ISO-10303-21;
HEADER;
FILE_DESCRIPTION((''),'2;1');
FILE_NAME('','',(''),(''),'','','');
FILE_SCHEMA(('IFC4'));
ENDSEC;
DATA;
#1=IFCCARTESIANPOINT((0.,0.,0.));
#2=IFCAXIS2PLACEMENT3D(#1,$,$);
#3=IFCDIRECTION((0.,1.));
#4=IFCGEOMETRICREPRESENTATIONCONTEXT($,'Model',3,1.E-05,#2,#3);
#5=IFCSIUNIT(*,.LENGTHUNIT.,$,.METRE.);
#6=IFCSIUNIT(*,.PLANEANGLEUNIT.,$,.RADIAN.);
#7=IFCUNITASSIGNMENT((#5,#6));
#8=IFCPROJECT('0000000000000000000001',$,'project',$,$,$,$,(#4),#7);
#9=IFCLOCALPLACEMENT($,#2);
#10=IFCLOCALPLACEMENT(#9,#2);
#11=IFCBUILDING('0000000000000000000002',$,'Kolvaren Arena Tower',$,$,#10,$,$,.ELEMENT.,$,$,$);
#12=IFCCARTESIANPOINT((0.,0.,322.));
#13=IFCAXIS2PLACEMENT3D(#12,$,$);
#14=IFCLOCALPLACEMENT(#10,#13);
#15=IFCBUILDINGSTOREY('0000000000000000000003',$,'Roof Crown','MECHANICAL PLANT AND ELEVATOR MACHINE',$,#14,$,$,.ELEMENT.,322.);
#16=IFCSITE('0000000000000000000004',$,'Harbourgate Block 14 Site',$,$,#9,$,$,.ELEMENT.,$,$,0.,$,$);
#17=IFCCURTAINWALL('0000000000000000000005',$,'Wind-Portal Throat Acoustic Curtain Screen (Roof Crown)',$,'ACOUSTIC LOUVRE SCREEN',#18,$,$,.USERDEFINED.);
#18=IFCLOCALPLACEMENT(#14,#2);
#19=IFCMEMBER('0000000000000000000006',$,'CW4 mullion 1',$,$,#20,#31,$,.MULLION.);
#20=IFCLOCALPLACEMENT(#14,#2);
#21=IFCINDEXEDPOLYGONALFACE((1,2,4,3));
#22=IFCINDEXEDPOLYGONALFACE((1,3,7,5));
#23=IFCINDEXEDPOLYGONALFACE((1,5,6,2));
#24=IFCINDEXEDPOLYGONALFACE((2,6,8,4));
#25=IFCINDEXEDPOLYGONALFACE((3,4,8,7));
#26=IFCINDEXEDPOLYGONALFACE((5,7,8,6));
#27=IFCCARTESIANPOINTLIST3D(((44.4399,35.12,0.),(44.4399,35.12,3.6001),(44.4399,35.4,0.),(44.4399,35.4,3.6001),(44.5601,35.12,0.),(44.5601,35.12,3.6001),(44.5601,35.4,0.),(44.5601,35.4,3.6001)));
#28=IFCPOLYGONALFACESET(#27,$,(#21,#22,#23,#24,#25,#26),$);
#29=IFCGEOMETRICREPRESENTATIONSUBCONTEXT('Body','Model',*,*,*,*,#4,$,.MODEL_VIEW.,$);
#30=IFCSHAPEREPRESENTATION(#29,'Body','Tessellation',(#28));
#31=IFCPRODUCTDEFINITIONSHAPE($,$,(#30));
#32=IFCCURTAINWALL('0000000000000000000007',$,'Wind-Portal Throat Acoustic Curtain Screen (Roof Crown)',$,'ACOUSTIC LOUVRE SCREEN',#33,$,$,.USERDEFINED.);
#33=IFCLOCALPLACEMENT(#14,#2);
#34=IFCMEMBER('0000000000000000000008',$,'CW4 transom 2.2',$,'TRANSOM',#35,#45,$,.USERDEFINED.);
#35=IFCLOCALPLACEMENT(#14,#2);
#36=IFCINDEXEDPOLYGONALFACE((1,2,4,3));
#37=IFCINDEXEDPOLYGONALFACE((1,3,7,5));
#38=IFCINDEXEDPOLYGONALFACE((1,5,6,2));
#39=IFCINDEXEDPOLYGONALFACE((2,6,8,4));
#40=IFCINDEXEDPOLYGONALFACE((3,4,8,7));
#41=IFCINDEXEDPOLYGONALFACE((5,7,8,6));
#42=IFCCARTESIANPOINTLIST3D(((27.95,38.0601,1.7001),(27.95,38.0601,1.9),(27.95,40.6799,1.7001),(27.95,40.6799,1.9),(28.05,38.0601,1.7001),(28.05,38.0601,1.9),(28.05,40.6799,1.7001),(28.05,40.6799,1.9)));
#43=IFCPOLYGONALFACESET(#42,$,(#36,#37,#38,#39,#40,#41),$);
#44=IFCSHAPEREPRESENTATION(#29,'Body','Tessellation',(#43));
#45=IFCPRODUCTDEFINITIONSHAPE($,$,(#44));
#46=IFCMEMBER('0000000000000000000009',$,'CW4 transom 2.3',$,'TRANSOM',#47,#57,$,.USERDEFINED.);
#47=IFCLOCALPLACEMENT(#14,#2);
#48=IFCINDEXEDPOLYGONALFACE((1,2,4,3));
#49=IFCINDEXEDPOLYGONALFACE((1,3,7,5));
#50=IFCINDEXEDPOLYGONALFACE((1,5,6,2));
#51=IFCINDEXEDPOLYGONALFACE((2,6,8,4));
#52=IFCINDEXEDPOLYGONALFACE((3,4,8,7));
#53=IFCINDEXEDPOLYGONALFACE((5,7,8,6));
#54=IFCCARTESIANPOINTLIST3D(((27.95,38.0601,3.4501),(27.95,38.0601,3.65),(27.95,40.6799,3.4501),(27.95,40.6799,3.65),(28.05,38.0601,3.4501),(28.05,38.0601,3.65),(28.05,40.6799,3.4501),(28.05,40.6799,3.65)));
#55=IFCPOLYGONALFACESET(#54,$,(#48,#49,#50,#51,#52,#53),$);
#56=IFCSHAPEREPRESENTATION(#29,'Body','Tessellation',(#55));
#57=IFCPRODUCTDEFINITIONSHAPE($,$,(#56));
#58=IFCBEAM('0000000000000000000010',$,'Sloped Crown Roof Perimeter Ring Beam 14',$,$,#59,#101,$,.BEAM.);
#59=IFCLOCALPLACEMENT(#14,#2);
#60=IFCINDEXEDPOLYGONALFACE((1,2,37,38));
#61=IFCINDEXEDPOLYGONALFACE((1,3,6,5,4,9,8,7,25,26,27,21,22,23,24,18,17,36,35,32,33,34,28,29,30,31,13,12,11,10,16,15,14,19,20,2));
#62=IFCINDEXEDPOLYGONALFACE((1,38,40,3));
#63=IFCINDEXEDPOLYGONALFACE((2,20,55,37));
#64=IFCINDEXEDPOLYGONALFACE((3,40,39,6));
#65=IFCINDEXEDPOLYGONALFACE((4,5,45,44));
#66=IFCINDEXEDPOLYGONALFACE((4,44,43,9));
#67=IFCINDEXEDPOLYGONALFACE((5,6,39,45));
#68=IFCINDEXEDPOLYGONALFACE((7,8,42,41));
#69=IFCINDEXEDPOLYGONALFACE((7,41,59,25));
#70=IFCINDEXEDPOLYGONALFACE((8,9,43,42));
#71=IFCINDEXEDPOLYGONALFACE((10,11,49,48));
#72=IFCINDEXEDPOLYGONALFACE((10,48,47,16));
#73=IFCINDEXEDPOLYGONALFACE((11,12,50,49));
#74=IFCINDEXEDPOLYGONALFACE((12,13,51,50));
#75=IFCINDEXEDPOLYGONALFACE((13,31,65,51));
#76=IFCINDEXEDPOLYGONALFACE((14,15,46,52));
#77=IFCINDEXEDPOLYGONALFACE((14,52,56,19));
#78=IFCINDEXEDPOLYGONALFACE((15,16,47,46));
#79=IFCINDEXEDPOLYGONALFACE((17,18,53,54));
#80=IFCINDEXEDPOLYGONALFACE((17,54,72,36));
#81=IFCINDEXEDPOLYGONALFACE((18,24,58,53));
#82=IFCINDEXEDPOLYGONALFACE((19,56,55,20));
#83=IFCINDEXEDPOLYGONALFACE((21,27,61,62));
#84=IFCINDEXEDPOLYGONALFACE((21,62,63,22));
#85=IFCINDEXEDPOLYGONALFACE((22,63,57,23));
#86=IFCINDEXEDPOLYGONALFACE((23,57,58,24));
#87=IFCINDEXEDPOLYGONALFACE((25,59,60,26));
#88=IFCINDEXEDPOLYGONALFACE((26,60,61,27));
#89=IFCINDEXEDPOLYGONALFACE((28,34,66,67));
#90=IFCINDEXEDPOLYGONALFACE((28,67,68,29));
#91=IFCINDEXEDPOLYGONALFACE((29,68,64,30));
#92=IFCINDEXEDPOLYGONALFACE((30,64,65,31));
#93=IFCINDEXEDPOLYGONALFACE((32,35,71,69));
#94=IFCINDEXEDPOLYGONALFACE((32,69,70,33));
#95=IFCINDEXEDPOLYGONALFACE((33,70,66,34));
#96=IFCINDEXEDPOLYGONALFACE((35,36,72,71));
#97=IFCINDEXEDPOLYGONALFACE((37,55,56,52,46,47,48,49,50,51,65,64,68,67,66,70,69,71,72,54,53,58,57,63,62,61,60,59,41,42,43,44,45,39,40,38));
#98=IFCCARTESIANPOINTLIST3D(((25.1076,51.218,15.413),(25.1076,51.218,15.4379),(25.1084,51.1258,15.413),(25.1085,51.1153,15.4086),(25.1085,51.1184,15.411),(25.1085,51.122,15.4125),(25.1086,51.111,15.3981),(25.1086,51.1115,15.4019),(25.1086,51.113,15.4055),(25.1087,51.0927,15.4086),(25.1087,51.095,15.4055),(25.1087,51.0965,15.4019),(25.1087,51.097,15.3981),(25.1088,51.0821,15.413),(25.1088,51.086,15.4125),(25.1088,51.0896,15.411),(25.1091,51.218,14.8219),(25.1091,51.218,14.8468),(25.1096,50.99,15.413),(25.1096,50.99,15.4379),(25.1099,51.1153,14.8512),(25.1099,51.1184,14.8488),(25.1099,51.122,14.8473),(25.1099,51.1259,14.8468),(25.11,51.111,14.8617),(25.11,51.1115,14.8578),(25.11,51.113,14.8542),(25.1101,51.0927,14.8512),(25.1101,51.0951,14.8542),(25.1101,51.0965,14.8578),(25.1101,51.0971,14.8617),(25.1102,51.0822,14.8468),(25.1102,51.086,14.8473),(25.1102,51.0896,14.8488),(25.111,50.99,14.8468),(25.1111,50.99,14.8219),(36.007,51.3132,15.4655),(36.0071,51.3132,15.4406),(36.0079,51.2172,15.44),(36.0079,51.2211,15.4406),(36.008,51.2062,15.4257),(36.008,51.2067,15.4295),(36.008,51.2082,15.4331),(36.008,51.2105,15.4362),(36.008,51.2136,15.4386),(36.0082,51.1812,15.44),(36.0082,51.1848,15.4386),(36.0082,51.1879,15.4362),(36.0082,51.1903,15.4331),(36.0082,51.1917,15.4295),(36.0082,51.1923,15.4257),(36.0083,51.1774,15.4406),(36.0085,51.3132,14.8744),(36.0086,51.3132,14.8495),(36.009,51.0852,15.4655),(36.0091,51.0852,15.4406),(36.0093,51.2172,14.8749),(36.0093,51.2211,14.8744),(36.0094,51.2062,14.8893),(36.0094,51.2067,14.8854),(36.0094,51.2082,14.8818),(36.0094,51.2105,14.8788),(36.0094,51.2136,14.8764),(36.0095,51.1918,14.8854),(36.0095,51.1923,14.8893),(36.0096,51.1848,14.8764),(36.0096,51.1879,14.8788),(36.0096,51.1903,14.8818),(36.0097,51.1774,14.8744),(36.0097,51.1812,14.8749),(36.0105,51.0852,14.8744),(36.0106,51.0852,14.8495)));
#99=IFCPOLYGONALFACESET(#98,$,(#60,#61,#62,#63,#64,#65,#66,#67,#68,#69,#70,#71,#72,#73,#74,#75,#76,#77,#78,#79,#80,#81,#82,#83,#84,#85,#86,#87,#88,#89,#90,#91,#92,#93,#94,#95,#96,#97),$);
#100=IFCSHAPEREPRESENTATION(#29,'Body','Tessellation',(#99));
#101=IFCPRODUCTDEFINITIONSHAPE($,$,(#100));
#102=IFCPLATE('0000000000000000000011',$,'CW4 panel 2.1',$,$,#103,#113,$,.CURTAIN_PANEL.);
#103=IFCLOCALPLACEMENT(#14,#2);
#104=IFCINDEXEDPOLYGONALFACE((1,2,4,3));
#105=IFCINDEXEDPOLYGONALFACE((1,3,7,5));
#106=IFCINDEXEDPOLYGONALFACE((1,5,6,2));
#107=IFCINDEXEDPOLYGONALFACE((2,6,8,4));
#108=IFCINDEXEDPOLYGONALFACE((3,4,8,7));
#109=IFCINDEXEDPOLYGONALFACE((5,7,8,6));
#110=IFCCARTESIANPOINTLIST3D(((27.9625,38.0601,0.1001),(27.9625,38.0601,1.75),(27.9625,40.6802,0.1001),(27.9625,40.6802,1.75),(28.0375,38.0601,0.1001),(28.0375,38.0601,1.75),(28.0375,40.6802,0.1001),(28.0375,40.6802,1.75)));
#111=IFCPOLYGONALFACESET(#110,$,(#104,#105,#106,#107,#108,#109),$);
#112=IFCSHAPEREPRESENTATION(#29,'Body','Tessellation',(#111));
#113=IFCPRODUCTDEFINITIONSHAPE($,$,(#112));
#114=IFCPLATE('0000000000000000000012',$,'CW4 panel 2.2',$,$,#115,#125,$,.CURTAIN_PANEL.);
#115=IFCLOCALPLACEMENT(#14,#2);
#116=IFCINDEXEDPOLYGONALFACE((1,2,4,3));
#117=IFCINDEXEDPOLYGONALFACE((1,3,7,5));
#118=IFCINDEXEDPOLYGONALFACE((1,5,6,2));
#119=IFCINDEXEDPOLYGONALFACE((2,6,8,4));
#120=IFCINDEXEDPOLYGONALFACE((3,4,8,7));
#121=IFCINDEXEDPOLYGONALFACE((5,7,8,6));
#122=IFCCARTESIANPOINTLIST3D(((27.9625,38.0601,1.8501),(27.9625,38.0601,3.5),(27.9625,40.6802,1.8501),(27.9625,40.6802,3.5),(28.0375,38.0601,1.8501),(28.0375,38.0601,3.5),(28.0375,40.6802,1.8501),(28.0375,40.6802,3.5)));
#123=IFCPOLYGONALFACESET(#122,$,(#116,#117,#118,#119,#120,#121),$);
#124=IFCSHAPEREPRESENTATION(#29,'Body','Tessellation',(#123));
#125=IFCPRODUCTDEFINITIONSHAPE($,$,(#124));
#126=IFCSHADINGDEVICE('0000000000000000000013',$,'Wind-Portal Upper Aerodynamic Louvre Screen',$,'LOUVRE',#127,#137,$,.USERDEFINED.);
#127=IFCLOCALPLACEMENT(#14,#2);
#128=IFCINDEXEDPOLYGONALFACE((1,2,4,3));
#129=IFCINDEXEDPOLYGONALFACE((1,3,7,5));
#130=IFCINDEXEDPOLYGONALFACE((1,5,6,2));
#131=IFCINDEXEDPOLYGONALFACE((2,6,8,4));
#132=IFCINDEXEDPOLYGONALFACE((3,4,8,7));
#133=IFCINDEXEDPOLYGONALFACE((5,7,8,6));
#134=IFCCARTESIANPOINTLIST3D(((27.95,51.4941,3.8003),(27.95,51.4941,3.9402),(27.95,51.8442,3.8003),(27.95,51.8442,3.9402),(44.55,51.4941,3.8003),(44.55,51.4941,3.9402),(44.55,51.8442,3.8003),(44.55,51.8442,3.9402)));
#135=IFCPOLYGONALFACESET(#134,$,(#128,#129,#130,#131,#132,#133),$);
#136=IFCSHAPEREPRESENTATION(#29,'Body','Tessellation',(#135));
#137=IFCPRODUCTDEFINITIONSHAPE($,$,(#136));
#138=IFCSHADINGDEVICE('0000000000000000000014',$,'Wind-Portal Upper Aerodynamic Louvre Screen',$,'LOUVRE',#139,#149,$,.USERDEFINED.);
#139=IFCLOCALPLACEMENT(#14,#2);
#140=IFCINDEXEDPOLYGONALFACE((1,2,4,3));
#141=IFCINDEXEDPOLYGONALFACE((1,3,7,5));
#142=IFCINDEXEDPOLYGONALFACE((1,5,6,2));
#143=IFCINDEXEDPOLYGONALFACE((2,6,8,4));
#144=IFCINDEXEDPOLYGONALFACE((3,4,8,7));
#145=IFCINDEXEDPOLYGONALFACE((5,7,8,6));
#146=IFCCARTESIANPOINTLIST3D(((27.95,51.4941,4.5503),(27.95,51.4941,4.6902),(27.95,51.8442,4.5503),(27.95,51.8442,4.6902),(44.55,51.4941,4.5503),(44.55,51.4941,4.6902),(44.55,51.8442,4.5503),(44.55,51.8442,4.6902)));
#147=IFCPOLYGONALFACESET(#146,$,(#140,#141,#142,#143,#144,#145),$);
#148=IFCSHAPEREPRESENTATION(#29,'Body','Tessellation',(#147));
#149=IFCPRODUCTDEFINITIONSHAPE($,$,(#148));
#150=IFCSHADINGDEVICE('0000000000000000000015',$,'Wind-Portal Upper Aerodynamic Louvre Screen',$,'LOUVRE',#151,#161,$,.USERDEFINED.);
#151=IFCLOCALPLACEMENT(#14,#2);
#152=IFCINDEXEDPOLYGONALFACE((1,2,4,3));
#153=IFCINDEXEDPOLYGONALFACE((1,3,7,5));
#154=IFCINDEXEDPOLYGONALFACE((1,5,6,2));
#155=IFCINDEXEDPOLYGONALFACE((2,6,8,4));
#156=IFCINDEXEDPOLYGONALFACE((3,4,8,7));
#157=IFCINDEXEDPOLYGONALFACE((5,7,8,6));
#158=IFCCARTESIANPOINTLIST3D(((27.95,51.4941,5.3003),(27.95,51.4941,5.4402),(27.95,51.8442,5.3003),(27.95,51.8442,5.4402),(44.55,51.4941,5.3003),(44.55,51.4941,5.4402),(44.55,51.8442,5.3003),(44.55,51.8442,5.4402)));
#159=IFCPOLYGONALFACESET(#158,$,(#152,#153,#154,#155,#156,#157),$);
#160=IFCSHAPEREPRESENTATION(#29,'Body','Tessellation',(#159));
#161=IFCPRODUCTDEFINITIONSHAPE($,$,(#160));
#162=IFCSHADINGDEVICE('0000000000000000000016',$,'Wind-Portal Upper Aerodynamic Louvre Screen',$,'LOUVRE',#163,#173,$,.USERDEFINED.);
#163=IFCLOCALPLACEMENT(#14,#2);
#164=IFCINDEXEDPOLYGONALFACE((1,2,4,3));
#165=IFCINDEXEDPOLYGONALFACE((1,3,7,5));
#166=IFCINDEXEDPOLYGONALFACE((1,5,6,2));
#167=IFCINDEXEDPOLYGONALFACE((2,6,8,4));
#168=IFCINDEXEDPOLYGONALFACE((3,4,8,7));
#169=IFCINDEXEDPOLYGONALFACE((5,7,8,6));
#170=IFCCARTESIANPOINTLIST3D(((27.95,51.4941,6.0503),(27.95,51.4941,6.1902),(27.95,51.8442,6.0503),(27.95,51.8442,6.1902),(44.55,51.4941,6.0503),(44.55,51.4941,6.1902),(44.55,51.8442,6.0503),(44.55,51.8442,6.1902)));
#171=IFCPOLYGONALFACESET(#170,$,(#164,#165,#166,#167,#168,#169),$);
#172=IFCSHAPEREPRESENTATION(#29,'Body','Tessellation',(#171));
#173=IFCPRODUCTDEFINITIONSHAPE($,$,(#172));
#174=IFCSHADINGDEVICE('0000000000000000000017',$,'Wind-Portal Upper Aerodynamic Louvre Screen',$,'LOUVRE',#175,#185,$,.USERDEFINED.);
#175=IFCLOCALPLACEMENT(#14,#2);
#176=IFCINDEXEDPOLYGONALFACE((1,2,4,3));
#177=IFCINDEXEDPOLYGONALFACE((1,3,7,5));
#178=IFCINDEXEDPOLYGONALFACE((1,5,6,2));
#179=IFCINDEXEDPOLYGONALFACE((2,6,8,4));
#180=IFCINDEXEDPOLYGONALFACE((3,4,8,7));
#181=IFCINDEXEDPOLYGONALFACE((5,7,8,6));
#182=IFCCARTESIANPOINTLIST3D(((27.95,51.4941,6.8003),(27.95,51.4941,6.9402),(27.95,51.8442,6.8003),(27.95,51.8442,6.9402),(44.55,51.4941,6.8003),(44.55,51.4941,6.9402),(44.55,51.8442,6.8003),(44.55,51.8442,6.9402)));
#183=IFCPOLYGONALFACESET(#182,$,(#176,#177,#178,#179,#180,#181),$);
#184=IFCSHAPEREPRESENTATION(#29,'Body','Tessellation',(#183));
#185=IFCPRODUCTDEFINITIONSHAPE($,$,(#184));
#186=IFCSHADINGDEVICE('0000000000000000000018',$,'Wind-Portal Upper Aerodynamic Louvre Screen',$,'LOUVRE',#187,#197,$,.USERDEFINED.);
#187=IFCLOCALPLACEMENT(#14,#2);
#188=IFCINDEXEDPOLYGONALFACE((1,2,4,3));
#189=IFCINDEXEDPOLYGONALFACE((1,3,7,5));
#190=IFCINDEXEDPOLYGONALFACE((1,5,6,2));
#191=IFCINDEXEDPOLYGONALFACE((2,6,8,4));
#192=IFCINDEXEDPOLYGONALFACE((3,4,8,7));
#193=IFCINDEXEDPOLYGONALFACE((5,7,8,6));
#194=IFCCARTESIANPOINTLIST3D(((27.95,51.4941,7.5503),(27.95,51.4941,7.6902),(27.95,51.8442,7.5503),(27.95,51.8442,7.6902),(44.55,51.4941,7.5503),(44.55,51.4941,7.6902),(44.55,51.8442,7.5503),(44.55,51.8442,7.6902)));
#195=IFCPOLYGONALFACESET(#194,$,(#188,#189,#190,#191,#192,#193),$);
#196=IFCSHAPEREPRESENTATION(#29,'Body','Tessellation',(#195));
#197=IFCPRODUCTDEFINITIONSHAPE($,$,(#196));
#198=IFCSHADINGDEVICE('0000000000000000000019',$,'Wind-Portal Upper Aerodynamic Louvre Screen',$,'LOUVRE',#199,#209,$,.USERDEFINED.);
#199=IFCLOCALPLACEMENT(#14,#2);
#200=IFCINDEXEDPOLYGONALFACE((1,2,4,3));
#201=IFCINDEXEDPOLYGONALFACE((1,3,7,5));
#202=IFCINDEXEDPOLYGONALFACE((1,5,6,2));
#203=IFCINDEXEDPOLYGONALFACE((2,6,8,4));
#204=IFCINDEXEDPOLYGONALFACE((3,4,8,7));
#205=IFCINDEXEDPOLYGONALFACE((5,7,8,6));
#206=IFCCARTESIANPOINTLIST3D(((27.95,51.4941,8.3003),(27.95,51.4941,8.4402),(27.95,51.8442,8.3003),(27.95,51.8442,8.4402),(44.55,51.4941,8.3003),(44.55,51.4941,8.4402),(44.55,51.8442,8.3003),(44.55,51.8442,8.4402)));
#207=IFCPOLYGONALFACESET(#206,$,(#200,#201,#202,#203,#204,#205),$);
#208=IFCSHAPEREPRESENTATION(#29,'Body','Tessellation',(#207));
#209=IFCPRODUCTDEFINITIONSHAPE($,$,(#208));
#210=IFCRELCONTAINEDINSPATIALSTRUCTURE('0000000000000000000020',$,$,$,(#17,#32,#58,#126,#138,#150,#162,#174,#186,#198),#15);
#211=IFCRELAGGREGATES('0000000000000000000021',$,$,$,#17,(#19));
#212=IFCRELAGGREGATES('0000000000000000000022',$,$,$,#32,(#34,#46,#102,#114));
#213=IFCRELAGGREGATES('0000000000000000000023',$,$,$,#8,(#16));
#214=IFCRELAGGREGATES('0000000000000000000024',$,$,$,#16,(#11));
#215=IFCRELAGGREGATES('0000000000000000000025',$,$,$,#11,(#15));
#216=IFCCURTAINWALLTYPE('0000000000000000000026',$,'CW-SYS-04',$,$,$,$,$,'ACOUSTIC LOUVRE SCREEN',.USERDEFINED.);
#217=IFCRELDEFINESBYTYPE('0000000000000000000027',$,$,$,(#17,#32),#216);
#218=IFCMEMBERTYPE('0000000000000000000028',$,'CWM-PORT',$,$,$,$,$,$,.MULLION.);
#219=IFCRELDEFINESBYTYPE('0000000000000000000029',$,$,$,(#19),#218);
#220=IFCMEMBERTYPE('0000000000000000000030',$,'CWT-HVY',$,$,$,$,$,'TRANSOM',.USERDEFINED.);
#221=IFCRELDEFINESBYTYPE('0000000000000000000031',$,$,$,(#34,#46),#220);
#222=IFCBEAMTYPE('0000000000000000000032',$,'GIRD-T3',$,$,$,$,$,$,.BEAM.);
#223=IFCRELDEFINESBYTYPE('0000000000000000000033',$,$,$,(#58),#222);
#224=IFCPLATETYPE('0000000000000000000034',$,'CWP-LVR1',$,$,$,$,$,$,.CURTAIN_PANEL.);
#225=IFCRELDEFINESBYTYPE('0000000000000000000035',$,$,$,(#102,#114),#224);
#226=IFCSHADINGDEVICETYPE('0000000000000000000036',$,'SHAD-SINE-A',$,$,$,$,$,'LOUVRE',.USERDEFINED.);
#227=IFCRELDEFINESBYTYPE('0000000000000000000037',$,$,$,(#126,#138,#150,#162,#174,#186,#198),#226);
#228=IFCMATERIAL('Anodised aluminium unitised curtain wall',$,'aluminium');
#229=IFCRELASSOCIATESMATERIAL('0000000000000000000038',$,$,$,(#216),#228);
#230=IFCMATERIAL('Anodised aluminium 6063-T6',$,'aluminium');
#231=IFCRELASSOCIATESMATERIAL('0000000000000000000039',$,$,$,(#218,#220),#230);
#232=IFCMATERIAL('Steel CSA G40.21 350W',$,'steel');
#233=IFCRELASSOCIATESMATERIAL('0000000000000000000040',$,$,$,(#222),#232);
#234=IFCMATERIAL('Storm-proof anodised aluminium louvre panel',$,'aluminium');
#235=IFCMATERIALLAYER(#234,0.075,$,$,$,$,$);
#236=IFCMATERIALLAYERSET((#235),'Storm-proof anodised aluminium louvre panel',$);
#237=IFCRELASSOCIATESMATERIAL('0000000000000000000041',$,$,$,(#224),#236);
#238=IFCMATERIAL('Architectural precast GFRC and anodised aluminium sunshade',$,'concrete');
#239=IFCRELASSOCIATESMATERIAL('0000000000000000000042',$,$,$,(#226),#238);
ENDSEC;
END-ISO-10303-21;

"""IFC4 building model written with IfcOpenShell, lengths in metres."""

from ifc_helpers import new_model, si_unit, direction, frame, origin, origin_2d, place, context, subcontext, project, spatial, rectangle, i_section, extrude, material, layer, layer_set, material_profile, profile_set, type_object, element, aggregate, save


model = new_model("IFC4")

# Units and contexts
model_context = context("Model", 3, precision=1e-05, world=origin(), true_north=direction((0.0, 1.0)))
body_context = subcontext(model_context, "Body", "Model", "MODEL_VIEW")
ifc_project = project(units=[si_unit("LENGTHUNIT", "METRE"), si_unit("PLANEANGLEUNIT", "RADIAN")], contexts=[model_context])

# Site, building, storey
site_placement = place(None, origin())
site = spatial("IfcSite", under=ifc_project, at=site_placement, Name="Harbourgate Block 14 Site", CompositionType="ELEMENT", RefElevation=0.0)
building_placement = place(site_placement, origin())
building = spatial("IfcBuilding", under=site, at=building_placement, Name="Kolvaren Arena Tower", CompositionType="ELEMENT")
storey_placement = place(building_placement, frame((0.0, 0.0, 322.0)))
storey = spatial("IfcBuildingStorey", under=building, at=storey_placement, Name="Roof Crown", Description="MECHANICAL PLANT AND ELEVATOR MACHINE", CompositionType="ELEMENT", Elevation=322.0)

# Curtain wall, member
ifc_material_1 = material(Name="Anodised aluminium unitised curtain wall", Category="aluminium")
curtain_wall_type = type_object("IfcCurtainWallType", Name="CW-SYS-04", ElementType="ACOUSTIC LOUVRE SCREEN", PredefinedType="USERDEFINED", material=ifc_material_1)
curtain_wall_1_placement = place(storey_placement, origin())
curtain_wall_1 = element("IfcCurtainWall", 1, at=curtain_wall_1_placement, inside=storey, type_object=curtain_wall_type, Name="Wind-Portal Throat Acoustic Curtain Screen (Roof Crown)", ObjectType="ACOUSTIC LOUVRE SCREEN", PredefinedType="USERDEFINED")
ifc_material_2 = material(Name="Anodised aluminium 6063-T6", Category="aluminium")
ifc_material_profile_1 = material_profile(ifc_material_2, rectangle(XDim=0.1201, YDim=0.28, at=origin_2d()), Name="ALU-120x280")
ifc_profile_set_1 = profile_set([ifc_material_profile_1], Name="Anodised aluminium 6063-T6")
member_type_1 = type_object("IfcMemberType", Name="CWM-PORT", PredefinedType="MULLION", material=ifc_profile_set_1)
member_1_placement = place(storey_placement, frame((44.5, 35.26, 0.0), z_axis=(0.0, 0.0, 1.0), x_axis=(-1.0, 0.0, 0.0)))
member_1 = element("IfcMember", 2, at=member_1_placement, type_object=member_type_1, Name="CW4 mullion 1", PredefinedType="MULLION", context=body_context, shape_type="SweptSolid", body=[
    extrude(rectangle(XDim=0.1201, YDim=0.28, at=origin_2d()), origin(), (0.0, 0.0, 1.0), 3.6001),
])
aggregate(curtain_wall_1, [member_1])

# Curtain wall, members
curtain_wall_2_placement = place(storey_placement, origin())
curtain_wall_2 = element("IfcCurtainWall", 3, at=curtain_wall_2_placement, inside=storey, type_object=curtain_wall_type, Name="Wind-Portal Throat Acoustic Curtain Screen (Roof Crown)", ObjectType="ACOUSTIC LOUVRE SCREEN", PredefinedType="USERDEFINED")
ifc_material_profile_2 = material_profile(ifc_material_2, rectangle(XDim=0.1001, YDim=0.2, at=origin_2d()), Name="ALU-100x200")
ifc_profile_set_2 = profile_set([ifc_material_profile_2], Name="Anodised aluminium 6063-T6")
member_type_2 = type_object("IfcMemberType", Name="CWT-HVY", ElementType="TRANSOM", PredefinedType="USERDEFINED", material=ifc_profile_set_2)
member_2_placement = place(storey_placement, frame((28.0, 38.0601, 1.8), z_axis=(0.0, 1.0, 0.0), x_axis=(-1.0, 0.0, 0.0)))
member_2 = element("IfcMember", 4, at=member_2_placement, type_object=member_type_2, Name="CW4 transom 2.2", ObjectType="TRANSOM", PredefinedType="USERDEFINED", context=body_context, shape_type="SweptSolid", body=[
    extrude(rectangle(XDim=0.1001, YDim=0.2, at=origin_2d()), origin(), (0.0, 0.0, 1.0), 2.6199),
])
member_3_placement = place(storey_placement, frame((28.0, 38.0601, 3.55), z_axis=(0.0, 1.0, 0.0), x_axis=(-1.0, 0.0, 0.0)))
member_3 = element("IfcMember", 5, at=member_3_placement, type_object=member_type_2, Name="CW4 transom 2.3", ObjectType="TRANSOM", PredefinedType="USERDEFINED", context=body_context, shape_type="SweptSolid", body=[
    extrude(rectangle(XDim=0.1001, YDim=0.2, at=origin_2d()), origin(), (0.0, 0.0, 1.0), 2.6199),
])

# Beam
ifc_material_3 = material(Name="Steel CSA G40.21 350W", Category="steel")
ifc_material_profile_3 = material_profile(ifc_material_3, i_section(OverallWidth=0.228, OverallDepth=0.616, WebThickness=0.0139, FlangeThickness=0.0249, FilletRadius=0.0149, at=origin_2d()), Name="W610x174")
ifc_profile_set_3 = profile_set([ifc_material_profile_3], Name="Steel CSA G40.21 350W")
beam_type = type_object("IfcBeamType", Name="GIRD-T3", PredefinedType="BEAM", material=ifc_profile_set_3)
beam_placement = place(storey_placement, frame((36.0088, 51.1992, 15.1575), z_axis=(-0.999959, -0.008735, -0.002531), x_axis=(0.008735, -0.999962, 0.0)))
element("IfcBeam", 6, at=beam_placement, inside=storey, type_object=beam_type, Name="Sloped Crown Roof Perimeter Ring Beam 14", PredefinedType="BEAM", context=body_context, shape_type="SweptSolid", body=[
    extrude(i_section(OverallWidth=0.228, OverallDepth=0.616, WebThickness=0.0139, FlangeThickness=0.0249, FilletRadius=0.0149, at=origin_2d()), origin(), (0.0, 0.0, 1.0), 10.8999),
])

# Plates
ifc_material_4 = material(Name="Storm-proof anodised aluminium louvre panel", Category="aluminium")
ifc_layer = layer(ifc_material_4, 0.075)
ifc_layer_set = layer_set([ifc_layer], Name="Storm-proof anodised aluminium louvre panel")
plate_type = type_object("IfcPlateType", Name="CWP-LVR1", PredefinedType="CURTAIN_PANEL", material=ifc_layer_set)
plate_1_placement = place(storey_placement, frame((28.0, 39.3701, 0.1001), z_axis=(0.0, 0.0, 1.0), x_axis=(0.0, 1.0, 0.0)))
plate_1 = element("IfcPlate", 7, at=plate_1_placement, type_object=plate_type, Name="CW4 panel 2.1", PredefinedType="CURTAIN_PANEL", context=body_context, shape_type="SweptSolid", body=[
    extrude(rectangle(XDim=2.6201, YDim=0.075, at=origin_2d()), origin(), (0.0, 0.0, 1.0), 1.6499),
])
plate_2_placement = place(storey_placement, frame((28.0, 39.3701, 1.8501), z_axis=(0.0, 0.0, 1.0), x_axis=(0.0, 1.0, 0.0)))
plate_2 = element("IfcPlate", 8, at=plate_2_placement, type_object=plate_type, Name="CW4 panel 2.2", PredefinedType="CURTAIN_PANEL", context=body_context, shape_type="SweptSolid", body=[
    extrude(rectangle(XDim=2.6201, YDim=0.075, at=origin_2d()), origin(), (0.0, 0.0, 1.0), 1.6499),
])
aggregate(curtain_wall_2, [member_2, member_3, plate_1, plate_2])

# Shading devices
ifc_material_5 = material(Name="Architectural precast GFRC and anodised aluminium sunshade", Category="concrete")
shading_device_type = type_object("IfcShadingDeviceType", Name="SHAD-SINE-A", ElementType="LOUVRE", PredefinedType="USERDEFINED", material=ifc_material_5)
for number, where, z_axis, x_axis, name in (
    (9, (36.25, 51.6692, 3.8003), (0.0, 0.0, 1.0), (1.0, 0.0, 0.0), "Wind-Portal Upper Aerodynamic Louvre Screen"),
    (10, (36.25, 51.6692, 4.5503), (0.0, 0.0, 1.0), (1.0, 0.0, 0.0), "Wind-Portal Upper Aerodynamic Louvre Screen"),
    (11, (36.25, 51.6692, 5.3003), (0.0, 0.0, 1.0), (1.0, 0.0, 0.0), "Wind-Portal Upper Aerodynamic Louvre Screen"),
    (12, (36.25, 51.6692, 6.0503), (0.0, 0.0, 1.0), (1.0, 0.0, 0.0), "Wind-Portal Upper Aerodynamic Louvre Screen"),
    (13, (36.25, 51.6692, 6.8003), (0.0, 0.0, 1.0), (1.0, 0.0, 0.0), "Wind-Portal Upper Aerodynamic Louvre Screen"),
    (14, (36.25, 51.6692, 7.5503), (0.0, 0.0, 1.0), (1.0, 0.0, 0.0), "Wind-Portal Upper Aerodynamic Louvre Screen"),
    (15, (36.25, 51.6692, 8.3003), (0.0, 0.0, 1.0), (1.0, 0.0, 0.0), "Wind-Portal Upper Aerodynamic Louvre Screen"),
):
    element("IfcShadingDevice", number, at=place(storey_placement, frame(where, z_axis=z_axis, x_axis=x_axis)), inside=storey, type_object=shading_device_type, Name=name, ObjectType="LOUVRE", PredefinedType="USERDEFINED", context=body_context, shape_type="SweptSolid", body=[
        extrude(rectangle(XDim=16.6001, YDim=0.3501, at=origin_2d()), origin(), (0.0, 0.0, 1.0), 0.1399),
    ])

save(model, "model.ifc")
